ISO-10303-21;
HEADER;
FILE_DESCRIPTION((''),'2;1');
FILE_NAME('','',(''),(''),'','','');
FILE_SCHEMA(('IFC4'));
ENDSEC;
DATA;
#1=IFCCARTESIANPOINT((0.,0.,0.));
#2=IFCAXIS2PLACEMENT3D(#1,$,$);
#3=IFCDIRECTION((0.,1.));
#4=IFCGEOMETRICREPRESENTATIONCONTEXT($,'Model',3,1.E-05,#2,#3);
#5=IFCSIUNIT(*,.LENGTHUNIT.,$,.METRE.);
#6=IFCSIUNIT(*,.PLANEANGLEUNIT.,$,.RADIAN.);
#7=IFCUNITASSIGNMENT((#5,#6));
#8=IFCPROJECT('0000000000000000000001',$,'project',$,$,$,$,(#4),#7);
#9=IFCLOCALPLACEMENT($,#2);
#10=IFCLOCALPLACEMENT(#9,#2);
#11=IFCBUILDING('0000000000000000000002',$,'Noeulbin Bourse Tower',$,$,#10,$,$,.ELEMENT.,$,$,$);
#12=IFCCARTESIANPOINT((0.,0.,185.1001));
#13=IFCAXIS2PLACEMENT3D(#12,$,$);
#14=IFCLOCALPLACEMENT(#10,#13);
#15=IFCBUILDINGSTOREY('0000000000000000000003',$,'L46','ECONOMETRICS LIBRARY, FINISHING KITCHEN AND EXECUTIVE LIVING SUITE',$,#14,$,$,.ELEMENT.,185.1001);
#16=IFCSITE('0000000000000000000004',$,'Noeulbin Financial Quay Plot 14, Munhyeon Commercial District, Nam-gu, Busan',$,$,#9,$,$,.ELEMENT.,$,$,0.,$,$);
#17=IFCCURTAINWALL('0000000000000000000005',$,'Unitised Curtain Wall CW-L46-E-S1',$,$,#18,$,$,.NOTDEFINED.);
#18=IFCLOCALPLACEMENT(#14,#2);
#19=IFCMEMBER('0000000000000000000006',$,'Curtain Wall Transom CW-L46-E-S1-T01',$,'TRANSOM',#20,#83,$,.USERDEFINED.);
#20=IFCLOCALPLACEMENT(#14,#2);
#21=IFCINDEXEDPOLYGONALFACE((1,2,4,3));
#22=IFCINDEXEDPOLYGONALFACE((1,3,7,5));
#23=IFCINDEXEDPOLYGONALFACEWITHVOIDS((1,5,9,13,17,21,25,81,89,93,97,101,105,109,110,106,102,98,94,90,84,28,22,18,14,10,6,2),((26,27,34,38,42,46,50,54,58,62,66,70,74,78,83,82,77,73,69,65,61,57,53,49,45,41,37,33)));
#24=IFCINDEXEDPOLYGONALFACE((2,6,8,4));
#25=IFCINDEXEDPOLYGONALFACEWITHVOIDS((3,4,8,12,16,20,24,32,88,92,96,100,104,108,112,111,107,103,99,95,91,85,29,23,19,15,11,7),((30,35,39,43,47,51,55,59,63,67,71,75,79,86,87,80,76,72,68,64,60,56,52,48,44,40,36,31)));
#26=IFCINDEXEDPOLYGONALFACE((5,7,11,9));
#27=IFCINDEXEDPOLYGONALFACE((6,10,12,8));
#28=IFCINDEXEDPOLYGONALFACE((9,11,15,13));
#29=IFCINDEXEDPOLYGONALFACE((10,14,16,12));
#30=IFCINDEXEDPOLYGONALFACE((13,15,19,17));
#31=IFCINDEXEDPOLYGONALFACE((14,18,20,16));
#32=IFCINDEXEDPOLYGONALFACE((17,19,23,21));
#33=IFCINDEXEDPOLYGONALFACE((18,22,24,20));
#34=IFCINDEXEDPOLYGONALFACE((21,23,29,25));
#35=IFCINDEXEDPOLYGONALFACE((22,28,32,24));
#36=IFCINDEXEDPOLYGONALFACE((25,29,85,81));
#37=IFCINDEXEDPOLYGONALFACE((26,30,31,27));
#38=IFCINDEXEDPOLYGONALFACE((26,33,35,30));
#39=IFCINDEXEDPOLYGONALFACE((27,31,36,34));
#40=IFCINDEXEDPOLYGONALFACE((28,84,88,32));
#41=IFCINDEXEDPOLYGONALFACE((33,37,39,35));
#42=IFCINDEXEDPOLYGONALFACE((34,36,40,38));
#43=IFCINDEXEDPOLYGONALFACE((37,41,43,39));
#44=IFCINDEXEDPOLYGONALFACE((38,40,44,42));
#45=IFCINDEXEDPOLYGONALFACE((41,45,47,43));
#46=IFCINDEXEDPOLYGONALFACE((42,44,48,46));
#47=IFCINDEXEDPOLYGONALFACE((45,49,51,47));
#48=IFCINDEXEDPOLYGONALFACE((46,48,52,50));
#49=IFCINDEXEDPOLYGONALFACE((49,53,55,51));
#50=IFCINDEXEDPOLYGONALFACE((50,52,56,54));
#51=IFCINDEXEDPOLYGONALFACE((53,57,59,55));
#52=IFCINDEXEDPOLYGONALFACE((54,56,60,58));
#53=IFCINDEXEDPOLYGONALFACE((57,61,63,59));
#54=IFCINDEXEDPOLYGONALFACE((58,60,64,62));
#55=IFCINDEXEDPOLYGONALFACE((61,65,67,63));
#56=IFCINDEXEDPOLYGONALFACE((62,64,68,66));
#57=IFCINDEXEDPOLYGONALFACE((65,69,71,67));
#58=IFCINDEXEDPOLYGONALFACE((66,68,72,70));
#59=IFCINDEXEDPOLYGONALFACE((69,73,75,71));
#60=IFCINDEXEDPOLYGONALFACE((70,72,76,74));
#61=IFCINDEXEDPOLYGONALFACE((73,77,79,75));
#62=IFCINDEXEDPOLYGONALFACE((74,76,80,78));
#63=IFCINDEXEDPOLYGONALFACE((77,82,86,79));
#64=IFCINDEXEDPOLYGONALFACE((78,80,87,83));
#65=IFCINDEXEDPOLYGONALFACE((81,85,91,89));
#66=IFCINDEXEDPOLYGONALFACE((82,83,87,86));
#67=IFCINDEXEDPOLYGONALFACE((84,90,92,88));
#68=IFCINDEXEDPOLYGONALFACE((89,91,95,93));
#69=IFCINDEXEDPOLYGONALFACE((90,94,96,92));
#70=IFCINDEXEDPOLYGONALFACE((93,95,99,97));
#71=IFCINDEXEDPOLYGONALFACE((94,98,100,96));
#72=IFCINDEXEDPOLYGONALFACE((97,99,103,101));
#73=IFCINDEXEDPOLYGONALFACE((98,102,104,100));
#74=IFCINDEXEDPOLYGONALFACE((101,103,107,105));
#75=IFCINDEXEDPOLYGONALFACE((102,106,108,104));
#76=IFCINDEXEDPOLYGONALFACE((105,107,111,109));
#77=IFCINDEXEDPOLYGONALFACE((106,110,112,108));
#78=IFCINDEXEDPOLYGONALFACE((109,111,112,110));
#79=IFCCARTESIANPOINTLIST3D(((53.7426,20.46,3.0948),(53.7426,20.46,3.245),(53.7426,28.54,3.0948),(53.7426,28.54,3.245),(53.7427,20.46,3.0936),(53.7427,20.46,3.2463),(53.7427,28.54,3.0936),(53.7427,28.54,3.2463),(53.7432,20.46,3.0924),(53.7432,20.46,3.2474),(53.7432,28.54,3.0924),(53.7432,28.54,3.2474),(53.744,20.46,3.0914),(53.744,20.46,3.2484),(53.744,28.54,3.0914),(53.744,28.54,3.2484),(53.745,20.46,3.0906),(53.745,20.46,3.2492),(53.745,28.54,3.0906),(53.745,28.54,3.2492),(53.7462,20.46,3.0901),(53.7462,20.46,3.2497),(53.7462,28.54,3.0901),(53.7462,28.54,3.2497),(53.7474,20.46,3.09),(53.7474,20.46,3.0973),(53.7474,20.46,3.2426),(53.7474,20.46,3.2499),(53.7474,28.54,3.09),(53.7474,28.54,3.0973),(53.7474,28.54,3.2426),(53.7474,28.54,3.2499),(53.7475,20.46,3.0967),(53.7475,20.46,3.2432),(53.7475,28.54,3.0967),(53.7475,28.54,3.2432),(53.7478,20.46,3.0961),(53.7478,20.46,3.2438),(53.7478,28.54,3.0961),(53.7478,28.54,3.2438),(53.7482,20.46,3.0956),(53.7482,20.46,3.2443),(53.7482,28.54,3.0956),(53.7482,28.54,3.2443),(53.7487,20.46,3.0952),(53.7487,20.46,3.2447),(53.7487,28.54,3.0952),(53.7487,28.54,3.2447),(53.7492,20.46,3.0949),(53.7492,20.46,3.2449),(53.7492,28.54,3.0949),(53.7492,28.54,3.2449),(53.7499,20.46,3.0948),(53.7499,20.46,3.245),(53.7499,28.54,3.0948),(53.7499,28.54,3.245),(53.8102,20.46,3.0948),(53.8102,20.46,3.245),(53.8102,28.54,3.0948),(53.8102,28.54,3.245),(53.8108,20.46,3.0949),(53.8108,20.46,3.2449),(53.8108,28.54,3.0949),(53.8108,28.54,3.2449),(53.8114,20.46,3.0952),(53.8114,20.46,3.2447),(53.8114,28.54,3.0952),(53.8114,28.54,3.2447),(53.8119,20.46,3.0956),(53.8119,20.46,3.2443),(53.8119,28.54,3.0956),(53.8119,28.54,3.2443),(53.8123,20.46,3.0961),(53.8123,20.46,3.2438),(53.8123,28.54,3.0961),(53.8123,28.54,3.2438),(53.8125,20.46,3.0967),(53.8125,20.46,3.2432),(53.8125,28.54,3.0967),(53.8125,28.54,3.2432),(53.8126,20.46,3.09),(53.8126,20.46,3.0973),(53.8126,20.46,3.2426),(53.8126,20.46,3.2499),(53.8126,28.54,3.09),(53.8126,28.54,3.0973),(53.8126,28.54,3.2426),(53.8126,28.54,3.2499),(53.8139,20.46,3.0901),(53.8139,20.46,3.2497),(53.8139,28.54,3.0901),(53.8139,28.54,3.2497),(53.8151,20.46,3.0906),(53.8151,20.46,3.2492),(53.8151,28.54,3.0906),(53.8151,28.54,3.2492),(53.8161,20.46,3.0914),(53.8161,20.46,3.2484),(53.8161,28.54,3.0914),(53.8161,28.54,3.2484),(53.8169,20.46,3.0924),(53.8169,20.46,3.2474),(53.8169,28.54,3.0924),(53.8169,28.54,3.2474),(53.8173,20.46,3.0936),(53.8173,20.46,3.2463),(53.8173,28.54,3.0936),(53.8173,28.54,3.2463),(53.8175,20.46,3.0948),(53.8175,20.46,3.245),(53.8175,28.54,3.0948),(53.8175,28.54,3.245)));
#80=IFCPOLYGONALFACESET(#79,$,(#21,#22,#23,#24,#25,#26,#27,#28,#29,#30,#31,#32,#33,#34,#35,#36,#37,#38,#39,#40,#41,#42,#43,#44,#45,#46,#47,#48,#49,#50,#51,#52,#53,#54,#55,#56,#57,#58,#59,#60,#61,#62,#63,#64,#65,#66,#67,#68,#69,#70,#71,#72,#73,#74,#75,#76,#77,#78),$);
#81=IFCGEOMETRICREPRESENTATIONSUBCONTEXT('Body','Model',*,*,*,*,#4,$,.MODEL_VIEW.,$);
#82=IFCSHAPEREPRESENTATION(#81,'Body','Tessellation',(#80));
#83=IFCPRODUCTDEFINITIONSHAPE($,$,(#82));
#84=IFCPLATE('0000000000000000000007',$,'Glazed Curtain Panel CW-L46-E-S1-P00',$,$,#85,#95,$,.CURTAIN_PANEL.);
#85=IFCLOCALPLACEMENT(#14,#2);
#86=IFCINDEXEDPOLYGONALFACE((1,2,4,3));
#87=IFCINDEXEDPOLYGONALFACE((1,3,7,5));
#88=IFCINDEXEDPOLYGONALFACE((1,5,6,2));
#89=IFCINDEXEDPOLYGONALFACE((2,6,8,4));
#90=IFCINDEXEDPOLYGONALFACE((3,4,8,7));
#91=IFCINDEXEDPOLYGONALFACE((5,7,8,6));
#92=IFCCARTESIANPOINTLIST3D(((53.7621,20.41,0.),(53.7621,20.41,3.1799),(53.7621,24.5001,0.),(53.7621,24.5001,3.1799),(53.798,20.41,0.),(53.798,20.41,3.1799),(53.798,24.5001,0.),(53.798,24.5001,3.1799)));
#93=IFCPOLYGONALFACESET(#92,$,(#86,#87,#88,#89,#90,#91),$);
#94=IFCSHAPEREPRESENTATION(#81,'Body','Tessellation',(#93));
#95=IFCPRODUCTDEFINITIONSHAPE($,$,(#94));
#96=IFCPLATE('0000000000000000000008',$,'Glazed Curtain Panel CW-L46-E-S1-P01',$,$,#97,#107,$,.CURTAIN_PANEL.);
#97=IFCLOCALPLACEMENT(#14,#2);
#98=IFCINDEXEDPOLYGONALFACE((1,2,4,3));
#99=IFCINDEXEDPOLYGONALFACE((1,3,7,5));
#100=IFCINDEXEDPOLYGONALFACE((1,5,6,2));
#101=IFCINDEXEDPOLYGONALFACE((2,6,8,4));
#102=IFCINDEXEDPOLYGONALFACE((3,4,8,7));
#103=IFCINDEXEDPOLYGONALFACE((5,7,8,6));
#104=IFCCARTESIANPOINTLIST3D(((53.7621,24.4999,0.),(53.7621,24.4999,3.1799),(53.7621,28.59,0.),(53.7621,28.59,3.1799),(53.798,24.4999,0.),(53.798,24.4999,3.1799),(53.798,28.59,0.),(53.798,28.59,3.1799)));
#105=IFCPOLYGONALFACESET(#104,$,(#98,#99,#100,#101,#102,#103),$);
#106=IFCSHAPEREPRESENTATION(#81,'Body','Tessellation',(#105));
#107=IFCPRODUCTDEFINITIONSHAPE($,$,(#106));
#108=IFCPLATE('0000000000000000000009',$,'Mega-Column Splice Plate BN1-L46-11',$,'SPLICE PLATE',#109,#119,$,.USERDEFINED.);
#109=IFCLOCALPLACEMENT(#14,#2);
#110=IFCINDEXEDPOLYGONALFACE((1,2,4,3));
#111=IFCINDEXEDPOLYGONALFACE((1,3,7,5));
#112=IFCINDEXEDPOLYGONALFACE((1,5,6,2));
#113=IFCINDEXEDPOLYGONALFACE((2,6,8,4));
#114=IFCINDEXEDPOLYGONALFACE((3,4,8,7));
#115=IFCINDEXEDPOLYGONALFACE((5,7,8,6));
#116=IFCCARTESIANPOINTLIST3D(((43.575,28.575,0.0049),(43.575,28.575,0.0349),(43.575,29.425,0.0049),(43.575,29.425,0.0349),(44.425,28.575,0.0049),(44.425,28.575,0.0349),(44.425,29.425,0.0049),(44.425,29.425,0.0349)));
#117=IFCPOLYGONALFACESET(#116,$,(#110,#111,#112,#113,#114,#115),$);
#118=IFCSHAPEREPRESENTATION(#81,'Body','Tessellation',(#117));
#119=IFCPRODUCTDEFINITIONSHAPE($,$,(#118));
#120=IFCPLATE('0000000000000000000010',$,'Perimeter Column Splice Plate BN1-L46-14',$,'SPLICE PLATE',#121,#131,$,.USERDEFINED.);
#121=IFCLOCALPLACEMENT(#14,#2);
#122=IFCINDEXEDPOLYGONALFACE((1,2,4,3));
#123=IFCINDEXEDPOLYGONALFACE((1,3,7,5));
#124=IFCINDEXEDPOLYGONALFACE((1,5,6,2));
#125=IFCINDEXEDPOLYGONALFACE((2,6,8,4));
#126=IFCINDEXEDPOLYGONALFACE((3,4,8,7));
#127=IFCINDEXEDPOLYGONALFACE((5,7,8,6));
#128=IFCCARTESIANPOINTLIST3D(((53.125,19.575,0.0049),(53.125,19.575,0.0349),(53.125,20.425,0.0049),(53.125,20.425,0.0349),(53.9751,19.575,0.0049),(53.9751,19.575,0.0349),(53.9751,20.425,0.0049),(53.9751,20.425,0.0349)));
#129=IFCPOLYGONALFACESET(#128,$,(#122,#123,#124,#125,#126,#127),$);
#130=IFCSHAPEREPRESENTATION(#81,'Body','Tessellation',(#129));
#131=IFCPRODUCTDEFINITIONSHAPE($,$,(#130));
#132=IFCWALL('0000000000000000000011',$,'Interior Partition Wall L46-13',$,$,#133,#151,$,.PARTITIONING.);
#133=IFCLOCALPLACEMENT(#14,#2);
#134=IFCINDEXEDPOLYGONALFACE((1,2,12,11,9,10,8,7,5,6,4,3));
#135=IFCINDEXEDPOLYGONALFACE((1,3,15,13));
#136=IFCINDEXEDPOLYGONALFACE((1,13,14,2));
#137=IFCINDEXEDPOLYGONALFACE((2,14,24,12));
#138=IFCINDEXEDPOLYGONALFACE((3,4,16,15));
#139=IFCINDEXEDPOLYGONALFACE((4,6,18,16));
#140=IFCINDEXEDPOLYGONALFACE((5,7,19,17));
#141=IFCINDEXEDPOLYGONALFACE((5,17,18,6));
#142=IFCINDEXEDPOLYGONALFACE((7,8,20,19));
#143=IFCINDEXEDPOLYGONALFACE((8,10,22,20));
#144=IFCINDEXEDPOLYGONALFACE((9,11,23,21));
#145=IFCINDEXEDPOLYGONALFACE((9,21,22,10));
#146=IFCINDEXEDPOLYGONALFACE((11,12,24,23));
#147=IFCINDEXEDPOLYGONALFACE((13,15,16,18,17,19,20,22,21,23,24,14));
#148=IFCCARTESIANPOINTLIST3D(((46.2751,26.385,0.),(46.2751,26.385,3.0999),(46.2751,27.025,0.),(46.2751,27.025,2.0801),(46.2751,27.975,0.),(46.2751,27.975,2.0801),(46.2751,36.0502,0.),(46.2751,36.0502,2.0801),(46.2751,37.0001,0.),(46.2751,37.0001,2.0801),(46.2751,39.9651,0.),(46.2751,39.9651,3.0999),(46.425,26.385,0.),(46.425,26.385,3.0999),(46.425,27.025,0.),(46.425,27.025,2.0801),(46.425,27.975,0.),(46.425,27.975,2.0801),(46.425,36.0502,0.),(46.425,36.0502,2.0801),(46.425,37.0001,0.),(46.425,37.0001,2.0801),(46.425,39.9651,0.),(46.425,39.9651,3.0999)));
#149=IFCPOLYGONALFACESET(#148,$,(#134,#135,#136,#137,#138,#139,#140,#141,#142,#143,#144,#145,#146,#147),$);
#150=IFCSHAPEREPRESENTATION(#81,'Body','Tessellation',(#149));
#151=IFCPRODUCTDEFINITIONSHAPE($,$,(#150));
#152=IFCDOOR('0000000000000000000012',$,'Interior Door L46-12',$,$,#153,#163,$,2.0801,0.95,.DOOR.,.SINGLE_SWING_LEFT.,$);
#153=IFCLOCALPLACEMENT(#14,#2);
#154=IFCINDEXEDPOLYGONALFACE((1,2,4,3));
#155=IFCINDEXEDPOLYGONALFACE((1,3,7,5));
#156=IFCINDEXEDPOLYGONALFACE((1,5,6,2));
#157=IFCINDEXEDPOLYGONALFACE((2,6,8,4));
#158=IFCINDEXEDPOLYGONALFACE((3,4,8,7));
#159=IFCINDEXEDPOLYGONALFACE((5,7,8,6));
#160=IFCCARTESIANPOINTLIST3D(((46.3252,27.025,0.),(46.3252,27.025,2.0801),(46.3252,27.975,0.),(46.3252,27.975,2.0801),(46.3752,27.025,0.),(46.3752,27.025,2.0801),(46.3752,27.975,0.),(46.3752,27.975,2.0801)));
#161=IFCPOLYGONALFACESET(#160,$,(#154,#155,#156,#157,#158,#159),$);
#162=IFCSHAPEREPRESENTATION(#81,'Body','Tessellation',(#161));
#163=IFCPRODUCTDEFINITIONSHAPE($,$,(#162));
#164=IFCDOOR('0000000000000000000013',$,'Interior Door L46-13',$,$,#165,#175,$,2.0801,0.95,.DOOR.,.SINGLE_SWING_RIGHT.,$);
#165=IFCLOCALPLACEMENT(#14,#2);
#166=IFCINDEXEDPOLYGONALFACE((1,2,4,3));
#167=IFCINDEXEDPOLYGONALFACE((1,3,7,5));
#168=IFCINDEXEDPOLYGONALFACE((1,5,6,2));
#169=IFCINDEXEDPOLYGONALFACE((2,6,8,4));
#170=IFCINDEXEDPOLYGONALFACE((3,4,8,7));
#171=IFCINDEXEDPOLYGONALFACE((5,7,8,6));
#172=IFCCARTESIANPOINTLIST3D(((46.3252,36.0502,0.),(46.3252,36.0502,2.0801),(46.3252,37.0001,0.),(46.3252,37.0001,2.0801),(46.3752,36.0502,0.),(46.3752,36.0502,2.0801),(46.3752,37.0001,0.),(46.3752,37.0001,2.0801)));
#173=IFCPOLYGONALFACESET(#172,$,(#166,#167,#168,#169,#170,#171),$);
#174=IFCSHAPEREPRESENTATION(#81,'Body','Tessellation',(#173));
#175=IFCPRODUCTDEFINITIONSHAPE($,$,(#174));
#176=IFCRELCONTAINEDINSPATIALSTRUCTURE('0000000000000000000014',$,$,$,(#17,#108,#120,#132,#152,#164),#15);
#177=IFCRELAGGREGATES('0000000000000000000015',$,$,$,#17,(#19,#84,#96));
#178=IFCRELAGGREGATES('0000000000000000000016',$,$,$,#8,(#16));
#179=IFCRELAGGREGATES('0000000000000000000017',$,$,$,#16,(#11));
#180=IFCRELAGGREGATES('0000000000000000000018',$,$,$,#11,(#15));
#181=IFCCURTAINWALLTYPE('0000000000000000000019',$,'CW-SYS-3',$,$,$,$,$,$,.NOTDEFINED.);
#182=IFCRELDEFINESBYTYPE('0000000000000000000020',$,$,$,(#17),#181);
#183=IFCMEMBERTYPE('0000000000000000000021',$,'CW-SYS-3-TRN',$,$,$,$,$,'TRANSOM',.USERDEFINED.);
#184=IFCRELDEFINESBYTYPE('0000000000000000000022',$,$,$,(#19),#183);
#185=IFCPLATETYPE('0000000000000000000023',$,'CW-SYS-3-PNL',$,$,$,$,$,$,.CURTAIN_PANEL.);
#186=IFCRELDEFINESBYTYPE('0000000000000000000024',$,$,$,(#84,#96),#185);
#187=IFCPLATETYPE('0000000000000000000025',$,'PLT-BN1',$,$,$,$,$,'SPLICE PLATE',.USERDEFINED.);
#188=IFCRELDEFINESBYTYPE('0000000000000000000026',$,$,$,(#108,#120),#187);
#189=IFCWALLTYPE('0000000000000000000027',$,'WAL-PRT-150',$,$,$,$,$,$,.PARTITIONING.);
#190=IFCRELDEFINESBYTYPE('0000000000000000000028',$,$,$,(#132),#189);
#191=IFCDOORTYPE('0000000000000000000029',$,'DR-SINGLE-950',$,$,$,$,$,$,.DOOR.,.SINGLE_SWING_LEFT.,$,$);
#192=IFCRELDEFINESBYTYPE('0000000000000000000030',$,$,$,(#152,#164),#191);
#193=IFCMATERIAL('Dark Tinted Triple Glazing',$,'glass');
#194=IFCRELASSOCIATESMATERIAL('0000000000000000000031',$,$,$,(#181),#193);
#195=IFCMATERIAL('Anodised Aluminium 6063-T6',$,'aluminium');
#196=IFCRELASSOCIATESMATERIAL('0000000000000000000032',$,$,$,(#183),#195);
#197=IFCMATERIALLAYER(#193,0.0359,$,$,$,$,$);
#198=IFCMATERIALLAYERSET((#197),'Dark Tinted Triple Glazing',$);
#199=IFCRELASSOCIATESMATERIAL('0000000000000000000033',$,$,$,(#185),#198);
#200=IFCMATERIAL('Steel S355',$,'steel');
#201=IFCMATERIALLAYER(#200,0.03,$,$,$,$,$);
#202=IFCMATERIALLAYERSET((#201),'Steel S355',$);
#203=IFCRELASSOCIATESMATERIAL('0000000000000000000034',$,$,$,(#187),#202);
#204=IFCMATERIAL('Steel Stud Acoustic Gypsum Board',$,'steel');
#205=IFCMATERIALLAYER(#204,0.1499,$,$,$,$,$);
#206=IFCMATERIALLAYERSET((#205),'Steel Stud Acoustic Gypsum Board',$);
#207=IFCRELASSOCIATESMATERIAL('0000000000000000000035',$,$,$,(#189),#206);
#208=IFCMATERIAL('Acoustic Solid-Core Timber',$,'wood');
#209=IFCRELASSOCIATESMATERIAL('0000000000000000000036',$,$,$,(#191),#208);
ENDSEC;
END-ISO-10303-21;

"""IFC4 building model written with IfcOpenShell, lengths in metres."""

from ifc_helpers import new_model, si_unit, direction, frame, frame_2d, origin, origin_2d, place, context, subcontext, project, spatial, rectangle, hollow_rectangle, extrude, material, layer, layer_set, material_profile, profile_set, type_object, element, fill, aggregate, save


model = new_model("IFC4")

# Units and contexts
model_context = context("Model", 3, precision=1e-05, world=origin(), true_north=direction((0.0, 1.0)))
body_context = subcontext(model_context, "Body", "Model", "MODEL_VIEW")
ifc_project = project(units=[si_unit("LENGTHUNIT", "METRE"), si_unit("PLANEANGLEUNIT", "RADIAN")], contexts=[model_context])

# Site, building, storey
site_placement = place(None, origin())
site = spatial("IfcSite", under=ifc_project, at=site_placement, Name="Noeulbin Financial Quay Plot 14, Munhyeon Commercial District, Nam-gu, Busan", CompositionType="ELEMENT", RefElevation=0.0)
building_placement = place(site_placement, origin())
building = spatial("IfcBuilding", under=site, at=building_placement, Name="Noeulbin Bourse Tower", CompositionType="ELEMENT")
storey_placement = place(building_placement, frame((0.0, 0.0, 185.1001)))
storey = spatial("IfcBuildingStorey", under=building, at=storey_placement, Name="L46", Description="ECONOMETRICS LIBRARY, FINISHING KITCHEN AND EXECUTIVE LIVING SUITE", CompositionType="ELEMENT", Elevation=185.1001)

# Shared definitions
ifc_material_1 = material(Name="Steel S355", Category="steel")

# Curtain wall, member, plates
ifc_material_2 = material(Name="Dark Tinted Triple Glazing", Category="glass")
curtain_wall_type = type_object("IfcCurtainWallType", Name="CW-SYS-3", PredefinedType="NOTDEFINED", material=ifc_material_2)
curtain_wall_placement = place(storey_placement, origin())
curtain_wall = element("IfcCurtainWall", 1, at=curtain_wall_placement, inside=storey, type_object=curtain_wall_type, Name="Unitised Curtain Wall CW-L46-E-S1", PredefinedType="NOTDEFINED")
ifc_material_3 = material(Name="Anodised Aluminium 6063-T6", Category="aluminium")
ifc_material_profile_1 = material_profile(ifc_material_3, hollow_rectangle(XDim=0.075, YDim=0.1599, WallThickness=0.0049, InnerFilletRadius=0.0024, OuterFilletRadius=0.0049, at=origin_2d()), Name="ALU-TRAN-75x160x5", Category="LoadBearing")
ifc_profile_set_1 = profile_set([ifc_material_profile_1], Name="Anodised Aluminium 6063-T6")
member_type_1 = type_object("IfcMemberType", Name="CW-SYS-3-TRN", ElementType="TRANSOM", PredefinedType="USERDEFINED", material=ifc_profile_set_1)
member_1_placement = place(storey_placement, frame((53.78, 20.46, 3.1699), z_axis=(0.0, 1.0, 0.0), x_axis=(-1.0, 0.0, 0.0)))
member_1 = element("IfcMember", 2, at=member_1_placement, type_object=member_type_1, Name="Curtain Wall Transom CW-L46-E-S1-T01", ObjectType="TRANSOM", PredefinedType="USERDEFINED", context=body_context, shape_type="SweptSolid", body=[
    extrude(hollow_rectangle(XDim=0.075, YDim=0.1599, WallThickness=0.0049, InnerFilletRadius=0.0024, OuterFilletRadius=0.0049, at=origin_2d()), origin(), (0.0, 0.0, 1.0), 8.0801),
])
ifc_layer_1 = layer(ifc_material_2, 0.0359)
ifc_layer_set_1 = layer_set([ifc_layer_1], Name="Dark Tinted Triple Glazing")
plate_type_1 = type_object("IfcPlateType", Name="CW-SYS-3-PNL", PredefinedType="CURTAIN_PANEL", material=ifc_layer_set_1)
plate_1_placement = place(storey_placement, frame((53.78, 22.4551, 0.0), z_axis=(0.0, 0.0, 1.0), x_axis=(0.0, 1.0, 0.0)))
plate_1 = element("IfcPlate", 3, at=plate_1_placement, type_object=plate_type_1, Name="Glazed Curtain Panel CW-L46-E-S1-P00", PredefinedType="CURTAIN_PANEL", context=body_context, shape_type="SweptSolid", body=[
    extrude(rectangle(XDim=4.0901, YDim=0.0359, at=origin_2d()), origin(), (0.0, 0.0, 1.0), 3.1799),
])
plate_2_placement = place(storey_placement, frame((53.78, 26.5449, 0.0), z_axis=(0.0, 0.0, 1.0), x_axis=(0.0, 1.0, 0.0)))
plate_2 = element("IfcPlate", 4, at=plate_2_placement, type_object=plate_type_1, Name="Glazed Curtain Panel CW-L46-E-S1-P01", PredefinedType="CURTAIN_PANEL", context=body_context, shape_type="SweptSolid", body=[
    extrude(rectangle(XDim=4.0901, YDim=0.0359, at=origin_2d()), origin(), (0.0, 0.0, 1.0), 3.1799),
])
aggregate(curtain_wall, [member_1, plate_1, plate_2])

# Plates
ifc_layer_2 = layer(ifc_material_1, 0.03)
ifc_layer_set_2 = layer_set([ifc_layer_2], Name="Steel S355")
plate_type_2 = type_object("IfcPlateType", Name="PLT-BN1", ElementType="SPLICE PLATE", PredefinedType="USERDEFINED", material=ifc_layer_set_2)
for number, where, z_axis, x_axis, name in (
    (5, (44.0, 29.0, 0.0049), (0.0, 0.0, 1.0), (1.0, 0.0, 0.0), "Mega-Column Splice Plate BN1-L46-11"),
    (6, (53.55, 20.0, 0.0049), (0.0, 0.0, 1.0), (1.0, 0.0, 0.0), "Perimeter Column Splice Plate BN1-L46-14"),
):
    element("IfcPlate", number, at=place(storey_placement, frame(where, z_axis=z_axis, x_axis=x_axis)), inside=storey, type_object=plate_type_2, Name=name, ObjectType="SPLICE PLATE", PredefinedType="USERDEFINED", context=body_context, shape_type="SweptSolid", body=[
        extrude(rectangle(XDim=0.8501, YDim=0.8501, at=origin_2d()), origin(), (0.0, 0.0, 1.0), 0.03),
    ])

# Wall, openings, doors
ifc_material_4 = material(Name="Steel Stud Acoustic Gypsum Board", Category="steel")
ifc_layer_3 = layer(ifc_material_4, 0.1499)
ifc_layer_set_3 = layer_set([ifc_layer_3], Name="Steel Stud Acoustic Gypsum Board")
wall_type = type_object("IfcWallType", Name="WAL-PRT-150", PredefinedType="PARTITIONING", material=ifc_layer_set_3)
wall_placement = place(storey_placement, frame((46.3501, 26.385, 0.0), z_axis=(0.0, 0.0, 1.0), x_axis=(0.0, 1.0, 0.0)))
wall = element("IfcWall", 7, at=wall_placement, inside=storey, type_object=wall_type, Name="Interior Partition Wall L46-13", PredefinedType="PARTITIONING", context=body_context, shape_type="SweptSolid", body=[
    extrude(rectangle(XDim=13.5801, YDim=0.1499, at=frame_2d((6.79, 0.0))), origin(), (0.0, 0.0, 1.0), 3.0999),
])
opening_1_placement = place(wall_placement, frame((0.6399, 0.0, 0.0)))
opening_1 = element("IfcOpeningElement", 8, at=opening_1_placement, cuts=wall, PredefinedType="OPENING", context=body_context, shape_type="SweptSolid", body=[
    extrude(rectangle(XDim=0.95, YDim=2.0801, at=frame_2d((0.4751, 1.04))), frame((0.0, 0.085, 0.0), z_axis=(0.0, -1.0, 0.0), x_axis=(1.0, 0.0, 0.0)), (0.0, 0.0, 1.0), 0.1699),
])
opening_2_placement = place(wall_placement, frame((9.665, 0.0, 0.0)))
opening_2 = element("IfcOpeningElement", 9, at=opening_2_placement, cuts=wall, PredefinedType="OPENING", context=body_context, shape_type="SweptSolid", body=[
    extrude(rectangle(XDim=0.95, YDim=2.0801, at=frame_2d((0.4751, 1.04))), frame((0.0, 0.085, 0.0), z_axis=(0.0, -1.0, 0.0), x_axis=(1.0, 0.0, 0.0)), (0.0, 0.0, 1.0), 0.1699),
])
ifc_material_5 = material(Name="Acoustic Solid-Core Timber", Category="wood")
door_type = type_object("IfcDoorType", Name="DR-SINGLE-950", OperationType="SINGLE_SWING_LEFT", PredefinedType="DOOR", material=ifc_material_5)
door_1_placement = place(opening_1_placement, origin())
door_1 = element("IfcDoor", 10, at=door_1_placement, inside=storey, type_object=door_type, Name="Interior Door L46-12", OperationType="SINGLE_SWING_LEFT", OverallHeight=2.0801, OverallWidth=0.95, PredefinedType="DOOR", context=body_context, shape_type="SweptSolid", body=[
    extrude(rectangle(XDim=0.95, YDim=2.0801, at=frame_2d((0.4751, 1.04))), frame((0.0, 0.0249, 0.0), z_axis=(0.0, -1.0, 0.0), x_axis=(1.0, 0.0, 0.0)), (0.0, 0.0, 1.0), 0.05),
])
fill(opening_1, door_1)
door_2_placement = place(opening_2_placement, origin())
door_2 = element("IfcDoor", 11, at=door_2_placement, inside=storey, type_object=door_type, Name="Interior Door L46-13", OperationType="SINGLE_SWING_RIGHT", OverallHeight=2.0801, OverallWidth=0.95, PredefinedType="DOOR", context=body_context, shape_type="SweptSolid", body=[
    extrude(rectangle(XDim=0.95, YDim=2.0801, at=frame_2d((0.4751, 1.04))), frame((0.0, 0.0249, 0.0), z_axis=(0.0, -1.0, 0.0), x_axis=(1.0, 0.0, 0.0)), (0.0, 0.0, 1.0), 0.05),
])
fill(opening_2, door_2)

save(model, "model.ifc")
